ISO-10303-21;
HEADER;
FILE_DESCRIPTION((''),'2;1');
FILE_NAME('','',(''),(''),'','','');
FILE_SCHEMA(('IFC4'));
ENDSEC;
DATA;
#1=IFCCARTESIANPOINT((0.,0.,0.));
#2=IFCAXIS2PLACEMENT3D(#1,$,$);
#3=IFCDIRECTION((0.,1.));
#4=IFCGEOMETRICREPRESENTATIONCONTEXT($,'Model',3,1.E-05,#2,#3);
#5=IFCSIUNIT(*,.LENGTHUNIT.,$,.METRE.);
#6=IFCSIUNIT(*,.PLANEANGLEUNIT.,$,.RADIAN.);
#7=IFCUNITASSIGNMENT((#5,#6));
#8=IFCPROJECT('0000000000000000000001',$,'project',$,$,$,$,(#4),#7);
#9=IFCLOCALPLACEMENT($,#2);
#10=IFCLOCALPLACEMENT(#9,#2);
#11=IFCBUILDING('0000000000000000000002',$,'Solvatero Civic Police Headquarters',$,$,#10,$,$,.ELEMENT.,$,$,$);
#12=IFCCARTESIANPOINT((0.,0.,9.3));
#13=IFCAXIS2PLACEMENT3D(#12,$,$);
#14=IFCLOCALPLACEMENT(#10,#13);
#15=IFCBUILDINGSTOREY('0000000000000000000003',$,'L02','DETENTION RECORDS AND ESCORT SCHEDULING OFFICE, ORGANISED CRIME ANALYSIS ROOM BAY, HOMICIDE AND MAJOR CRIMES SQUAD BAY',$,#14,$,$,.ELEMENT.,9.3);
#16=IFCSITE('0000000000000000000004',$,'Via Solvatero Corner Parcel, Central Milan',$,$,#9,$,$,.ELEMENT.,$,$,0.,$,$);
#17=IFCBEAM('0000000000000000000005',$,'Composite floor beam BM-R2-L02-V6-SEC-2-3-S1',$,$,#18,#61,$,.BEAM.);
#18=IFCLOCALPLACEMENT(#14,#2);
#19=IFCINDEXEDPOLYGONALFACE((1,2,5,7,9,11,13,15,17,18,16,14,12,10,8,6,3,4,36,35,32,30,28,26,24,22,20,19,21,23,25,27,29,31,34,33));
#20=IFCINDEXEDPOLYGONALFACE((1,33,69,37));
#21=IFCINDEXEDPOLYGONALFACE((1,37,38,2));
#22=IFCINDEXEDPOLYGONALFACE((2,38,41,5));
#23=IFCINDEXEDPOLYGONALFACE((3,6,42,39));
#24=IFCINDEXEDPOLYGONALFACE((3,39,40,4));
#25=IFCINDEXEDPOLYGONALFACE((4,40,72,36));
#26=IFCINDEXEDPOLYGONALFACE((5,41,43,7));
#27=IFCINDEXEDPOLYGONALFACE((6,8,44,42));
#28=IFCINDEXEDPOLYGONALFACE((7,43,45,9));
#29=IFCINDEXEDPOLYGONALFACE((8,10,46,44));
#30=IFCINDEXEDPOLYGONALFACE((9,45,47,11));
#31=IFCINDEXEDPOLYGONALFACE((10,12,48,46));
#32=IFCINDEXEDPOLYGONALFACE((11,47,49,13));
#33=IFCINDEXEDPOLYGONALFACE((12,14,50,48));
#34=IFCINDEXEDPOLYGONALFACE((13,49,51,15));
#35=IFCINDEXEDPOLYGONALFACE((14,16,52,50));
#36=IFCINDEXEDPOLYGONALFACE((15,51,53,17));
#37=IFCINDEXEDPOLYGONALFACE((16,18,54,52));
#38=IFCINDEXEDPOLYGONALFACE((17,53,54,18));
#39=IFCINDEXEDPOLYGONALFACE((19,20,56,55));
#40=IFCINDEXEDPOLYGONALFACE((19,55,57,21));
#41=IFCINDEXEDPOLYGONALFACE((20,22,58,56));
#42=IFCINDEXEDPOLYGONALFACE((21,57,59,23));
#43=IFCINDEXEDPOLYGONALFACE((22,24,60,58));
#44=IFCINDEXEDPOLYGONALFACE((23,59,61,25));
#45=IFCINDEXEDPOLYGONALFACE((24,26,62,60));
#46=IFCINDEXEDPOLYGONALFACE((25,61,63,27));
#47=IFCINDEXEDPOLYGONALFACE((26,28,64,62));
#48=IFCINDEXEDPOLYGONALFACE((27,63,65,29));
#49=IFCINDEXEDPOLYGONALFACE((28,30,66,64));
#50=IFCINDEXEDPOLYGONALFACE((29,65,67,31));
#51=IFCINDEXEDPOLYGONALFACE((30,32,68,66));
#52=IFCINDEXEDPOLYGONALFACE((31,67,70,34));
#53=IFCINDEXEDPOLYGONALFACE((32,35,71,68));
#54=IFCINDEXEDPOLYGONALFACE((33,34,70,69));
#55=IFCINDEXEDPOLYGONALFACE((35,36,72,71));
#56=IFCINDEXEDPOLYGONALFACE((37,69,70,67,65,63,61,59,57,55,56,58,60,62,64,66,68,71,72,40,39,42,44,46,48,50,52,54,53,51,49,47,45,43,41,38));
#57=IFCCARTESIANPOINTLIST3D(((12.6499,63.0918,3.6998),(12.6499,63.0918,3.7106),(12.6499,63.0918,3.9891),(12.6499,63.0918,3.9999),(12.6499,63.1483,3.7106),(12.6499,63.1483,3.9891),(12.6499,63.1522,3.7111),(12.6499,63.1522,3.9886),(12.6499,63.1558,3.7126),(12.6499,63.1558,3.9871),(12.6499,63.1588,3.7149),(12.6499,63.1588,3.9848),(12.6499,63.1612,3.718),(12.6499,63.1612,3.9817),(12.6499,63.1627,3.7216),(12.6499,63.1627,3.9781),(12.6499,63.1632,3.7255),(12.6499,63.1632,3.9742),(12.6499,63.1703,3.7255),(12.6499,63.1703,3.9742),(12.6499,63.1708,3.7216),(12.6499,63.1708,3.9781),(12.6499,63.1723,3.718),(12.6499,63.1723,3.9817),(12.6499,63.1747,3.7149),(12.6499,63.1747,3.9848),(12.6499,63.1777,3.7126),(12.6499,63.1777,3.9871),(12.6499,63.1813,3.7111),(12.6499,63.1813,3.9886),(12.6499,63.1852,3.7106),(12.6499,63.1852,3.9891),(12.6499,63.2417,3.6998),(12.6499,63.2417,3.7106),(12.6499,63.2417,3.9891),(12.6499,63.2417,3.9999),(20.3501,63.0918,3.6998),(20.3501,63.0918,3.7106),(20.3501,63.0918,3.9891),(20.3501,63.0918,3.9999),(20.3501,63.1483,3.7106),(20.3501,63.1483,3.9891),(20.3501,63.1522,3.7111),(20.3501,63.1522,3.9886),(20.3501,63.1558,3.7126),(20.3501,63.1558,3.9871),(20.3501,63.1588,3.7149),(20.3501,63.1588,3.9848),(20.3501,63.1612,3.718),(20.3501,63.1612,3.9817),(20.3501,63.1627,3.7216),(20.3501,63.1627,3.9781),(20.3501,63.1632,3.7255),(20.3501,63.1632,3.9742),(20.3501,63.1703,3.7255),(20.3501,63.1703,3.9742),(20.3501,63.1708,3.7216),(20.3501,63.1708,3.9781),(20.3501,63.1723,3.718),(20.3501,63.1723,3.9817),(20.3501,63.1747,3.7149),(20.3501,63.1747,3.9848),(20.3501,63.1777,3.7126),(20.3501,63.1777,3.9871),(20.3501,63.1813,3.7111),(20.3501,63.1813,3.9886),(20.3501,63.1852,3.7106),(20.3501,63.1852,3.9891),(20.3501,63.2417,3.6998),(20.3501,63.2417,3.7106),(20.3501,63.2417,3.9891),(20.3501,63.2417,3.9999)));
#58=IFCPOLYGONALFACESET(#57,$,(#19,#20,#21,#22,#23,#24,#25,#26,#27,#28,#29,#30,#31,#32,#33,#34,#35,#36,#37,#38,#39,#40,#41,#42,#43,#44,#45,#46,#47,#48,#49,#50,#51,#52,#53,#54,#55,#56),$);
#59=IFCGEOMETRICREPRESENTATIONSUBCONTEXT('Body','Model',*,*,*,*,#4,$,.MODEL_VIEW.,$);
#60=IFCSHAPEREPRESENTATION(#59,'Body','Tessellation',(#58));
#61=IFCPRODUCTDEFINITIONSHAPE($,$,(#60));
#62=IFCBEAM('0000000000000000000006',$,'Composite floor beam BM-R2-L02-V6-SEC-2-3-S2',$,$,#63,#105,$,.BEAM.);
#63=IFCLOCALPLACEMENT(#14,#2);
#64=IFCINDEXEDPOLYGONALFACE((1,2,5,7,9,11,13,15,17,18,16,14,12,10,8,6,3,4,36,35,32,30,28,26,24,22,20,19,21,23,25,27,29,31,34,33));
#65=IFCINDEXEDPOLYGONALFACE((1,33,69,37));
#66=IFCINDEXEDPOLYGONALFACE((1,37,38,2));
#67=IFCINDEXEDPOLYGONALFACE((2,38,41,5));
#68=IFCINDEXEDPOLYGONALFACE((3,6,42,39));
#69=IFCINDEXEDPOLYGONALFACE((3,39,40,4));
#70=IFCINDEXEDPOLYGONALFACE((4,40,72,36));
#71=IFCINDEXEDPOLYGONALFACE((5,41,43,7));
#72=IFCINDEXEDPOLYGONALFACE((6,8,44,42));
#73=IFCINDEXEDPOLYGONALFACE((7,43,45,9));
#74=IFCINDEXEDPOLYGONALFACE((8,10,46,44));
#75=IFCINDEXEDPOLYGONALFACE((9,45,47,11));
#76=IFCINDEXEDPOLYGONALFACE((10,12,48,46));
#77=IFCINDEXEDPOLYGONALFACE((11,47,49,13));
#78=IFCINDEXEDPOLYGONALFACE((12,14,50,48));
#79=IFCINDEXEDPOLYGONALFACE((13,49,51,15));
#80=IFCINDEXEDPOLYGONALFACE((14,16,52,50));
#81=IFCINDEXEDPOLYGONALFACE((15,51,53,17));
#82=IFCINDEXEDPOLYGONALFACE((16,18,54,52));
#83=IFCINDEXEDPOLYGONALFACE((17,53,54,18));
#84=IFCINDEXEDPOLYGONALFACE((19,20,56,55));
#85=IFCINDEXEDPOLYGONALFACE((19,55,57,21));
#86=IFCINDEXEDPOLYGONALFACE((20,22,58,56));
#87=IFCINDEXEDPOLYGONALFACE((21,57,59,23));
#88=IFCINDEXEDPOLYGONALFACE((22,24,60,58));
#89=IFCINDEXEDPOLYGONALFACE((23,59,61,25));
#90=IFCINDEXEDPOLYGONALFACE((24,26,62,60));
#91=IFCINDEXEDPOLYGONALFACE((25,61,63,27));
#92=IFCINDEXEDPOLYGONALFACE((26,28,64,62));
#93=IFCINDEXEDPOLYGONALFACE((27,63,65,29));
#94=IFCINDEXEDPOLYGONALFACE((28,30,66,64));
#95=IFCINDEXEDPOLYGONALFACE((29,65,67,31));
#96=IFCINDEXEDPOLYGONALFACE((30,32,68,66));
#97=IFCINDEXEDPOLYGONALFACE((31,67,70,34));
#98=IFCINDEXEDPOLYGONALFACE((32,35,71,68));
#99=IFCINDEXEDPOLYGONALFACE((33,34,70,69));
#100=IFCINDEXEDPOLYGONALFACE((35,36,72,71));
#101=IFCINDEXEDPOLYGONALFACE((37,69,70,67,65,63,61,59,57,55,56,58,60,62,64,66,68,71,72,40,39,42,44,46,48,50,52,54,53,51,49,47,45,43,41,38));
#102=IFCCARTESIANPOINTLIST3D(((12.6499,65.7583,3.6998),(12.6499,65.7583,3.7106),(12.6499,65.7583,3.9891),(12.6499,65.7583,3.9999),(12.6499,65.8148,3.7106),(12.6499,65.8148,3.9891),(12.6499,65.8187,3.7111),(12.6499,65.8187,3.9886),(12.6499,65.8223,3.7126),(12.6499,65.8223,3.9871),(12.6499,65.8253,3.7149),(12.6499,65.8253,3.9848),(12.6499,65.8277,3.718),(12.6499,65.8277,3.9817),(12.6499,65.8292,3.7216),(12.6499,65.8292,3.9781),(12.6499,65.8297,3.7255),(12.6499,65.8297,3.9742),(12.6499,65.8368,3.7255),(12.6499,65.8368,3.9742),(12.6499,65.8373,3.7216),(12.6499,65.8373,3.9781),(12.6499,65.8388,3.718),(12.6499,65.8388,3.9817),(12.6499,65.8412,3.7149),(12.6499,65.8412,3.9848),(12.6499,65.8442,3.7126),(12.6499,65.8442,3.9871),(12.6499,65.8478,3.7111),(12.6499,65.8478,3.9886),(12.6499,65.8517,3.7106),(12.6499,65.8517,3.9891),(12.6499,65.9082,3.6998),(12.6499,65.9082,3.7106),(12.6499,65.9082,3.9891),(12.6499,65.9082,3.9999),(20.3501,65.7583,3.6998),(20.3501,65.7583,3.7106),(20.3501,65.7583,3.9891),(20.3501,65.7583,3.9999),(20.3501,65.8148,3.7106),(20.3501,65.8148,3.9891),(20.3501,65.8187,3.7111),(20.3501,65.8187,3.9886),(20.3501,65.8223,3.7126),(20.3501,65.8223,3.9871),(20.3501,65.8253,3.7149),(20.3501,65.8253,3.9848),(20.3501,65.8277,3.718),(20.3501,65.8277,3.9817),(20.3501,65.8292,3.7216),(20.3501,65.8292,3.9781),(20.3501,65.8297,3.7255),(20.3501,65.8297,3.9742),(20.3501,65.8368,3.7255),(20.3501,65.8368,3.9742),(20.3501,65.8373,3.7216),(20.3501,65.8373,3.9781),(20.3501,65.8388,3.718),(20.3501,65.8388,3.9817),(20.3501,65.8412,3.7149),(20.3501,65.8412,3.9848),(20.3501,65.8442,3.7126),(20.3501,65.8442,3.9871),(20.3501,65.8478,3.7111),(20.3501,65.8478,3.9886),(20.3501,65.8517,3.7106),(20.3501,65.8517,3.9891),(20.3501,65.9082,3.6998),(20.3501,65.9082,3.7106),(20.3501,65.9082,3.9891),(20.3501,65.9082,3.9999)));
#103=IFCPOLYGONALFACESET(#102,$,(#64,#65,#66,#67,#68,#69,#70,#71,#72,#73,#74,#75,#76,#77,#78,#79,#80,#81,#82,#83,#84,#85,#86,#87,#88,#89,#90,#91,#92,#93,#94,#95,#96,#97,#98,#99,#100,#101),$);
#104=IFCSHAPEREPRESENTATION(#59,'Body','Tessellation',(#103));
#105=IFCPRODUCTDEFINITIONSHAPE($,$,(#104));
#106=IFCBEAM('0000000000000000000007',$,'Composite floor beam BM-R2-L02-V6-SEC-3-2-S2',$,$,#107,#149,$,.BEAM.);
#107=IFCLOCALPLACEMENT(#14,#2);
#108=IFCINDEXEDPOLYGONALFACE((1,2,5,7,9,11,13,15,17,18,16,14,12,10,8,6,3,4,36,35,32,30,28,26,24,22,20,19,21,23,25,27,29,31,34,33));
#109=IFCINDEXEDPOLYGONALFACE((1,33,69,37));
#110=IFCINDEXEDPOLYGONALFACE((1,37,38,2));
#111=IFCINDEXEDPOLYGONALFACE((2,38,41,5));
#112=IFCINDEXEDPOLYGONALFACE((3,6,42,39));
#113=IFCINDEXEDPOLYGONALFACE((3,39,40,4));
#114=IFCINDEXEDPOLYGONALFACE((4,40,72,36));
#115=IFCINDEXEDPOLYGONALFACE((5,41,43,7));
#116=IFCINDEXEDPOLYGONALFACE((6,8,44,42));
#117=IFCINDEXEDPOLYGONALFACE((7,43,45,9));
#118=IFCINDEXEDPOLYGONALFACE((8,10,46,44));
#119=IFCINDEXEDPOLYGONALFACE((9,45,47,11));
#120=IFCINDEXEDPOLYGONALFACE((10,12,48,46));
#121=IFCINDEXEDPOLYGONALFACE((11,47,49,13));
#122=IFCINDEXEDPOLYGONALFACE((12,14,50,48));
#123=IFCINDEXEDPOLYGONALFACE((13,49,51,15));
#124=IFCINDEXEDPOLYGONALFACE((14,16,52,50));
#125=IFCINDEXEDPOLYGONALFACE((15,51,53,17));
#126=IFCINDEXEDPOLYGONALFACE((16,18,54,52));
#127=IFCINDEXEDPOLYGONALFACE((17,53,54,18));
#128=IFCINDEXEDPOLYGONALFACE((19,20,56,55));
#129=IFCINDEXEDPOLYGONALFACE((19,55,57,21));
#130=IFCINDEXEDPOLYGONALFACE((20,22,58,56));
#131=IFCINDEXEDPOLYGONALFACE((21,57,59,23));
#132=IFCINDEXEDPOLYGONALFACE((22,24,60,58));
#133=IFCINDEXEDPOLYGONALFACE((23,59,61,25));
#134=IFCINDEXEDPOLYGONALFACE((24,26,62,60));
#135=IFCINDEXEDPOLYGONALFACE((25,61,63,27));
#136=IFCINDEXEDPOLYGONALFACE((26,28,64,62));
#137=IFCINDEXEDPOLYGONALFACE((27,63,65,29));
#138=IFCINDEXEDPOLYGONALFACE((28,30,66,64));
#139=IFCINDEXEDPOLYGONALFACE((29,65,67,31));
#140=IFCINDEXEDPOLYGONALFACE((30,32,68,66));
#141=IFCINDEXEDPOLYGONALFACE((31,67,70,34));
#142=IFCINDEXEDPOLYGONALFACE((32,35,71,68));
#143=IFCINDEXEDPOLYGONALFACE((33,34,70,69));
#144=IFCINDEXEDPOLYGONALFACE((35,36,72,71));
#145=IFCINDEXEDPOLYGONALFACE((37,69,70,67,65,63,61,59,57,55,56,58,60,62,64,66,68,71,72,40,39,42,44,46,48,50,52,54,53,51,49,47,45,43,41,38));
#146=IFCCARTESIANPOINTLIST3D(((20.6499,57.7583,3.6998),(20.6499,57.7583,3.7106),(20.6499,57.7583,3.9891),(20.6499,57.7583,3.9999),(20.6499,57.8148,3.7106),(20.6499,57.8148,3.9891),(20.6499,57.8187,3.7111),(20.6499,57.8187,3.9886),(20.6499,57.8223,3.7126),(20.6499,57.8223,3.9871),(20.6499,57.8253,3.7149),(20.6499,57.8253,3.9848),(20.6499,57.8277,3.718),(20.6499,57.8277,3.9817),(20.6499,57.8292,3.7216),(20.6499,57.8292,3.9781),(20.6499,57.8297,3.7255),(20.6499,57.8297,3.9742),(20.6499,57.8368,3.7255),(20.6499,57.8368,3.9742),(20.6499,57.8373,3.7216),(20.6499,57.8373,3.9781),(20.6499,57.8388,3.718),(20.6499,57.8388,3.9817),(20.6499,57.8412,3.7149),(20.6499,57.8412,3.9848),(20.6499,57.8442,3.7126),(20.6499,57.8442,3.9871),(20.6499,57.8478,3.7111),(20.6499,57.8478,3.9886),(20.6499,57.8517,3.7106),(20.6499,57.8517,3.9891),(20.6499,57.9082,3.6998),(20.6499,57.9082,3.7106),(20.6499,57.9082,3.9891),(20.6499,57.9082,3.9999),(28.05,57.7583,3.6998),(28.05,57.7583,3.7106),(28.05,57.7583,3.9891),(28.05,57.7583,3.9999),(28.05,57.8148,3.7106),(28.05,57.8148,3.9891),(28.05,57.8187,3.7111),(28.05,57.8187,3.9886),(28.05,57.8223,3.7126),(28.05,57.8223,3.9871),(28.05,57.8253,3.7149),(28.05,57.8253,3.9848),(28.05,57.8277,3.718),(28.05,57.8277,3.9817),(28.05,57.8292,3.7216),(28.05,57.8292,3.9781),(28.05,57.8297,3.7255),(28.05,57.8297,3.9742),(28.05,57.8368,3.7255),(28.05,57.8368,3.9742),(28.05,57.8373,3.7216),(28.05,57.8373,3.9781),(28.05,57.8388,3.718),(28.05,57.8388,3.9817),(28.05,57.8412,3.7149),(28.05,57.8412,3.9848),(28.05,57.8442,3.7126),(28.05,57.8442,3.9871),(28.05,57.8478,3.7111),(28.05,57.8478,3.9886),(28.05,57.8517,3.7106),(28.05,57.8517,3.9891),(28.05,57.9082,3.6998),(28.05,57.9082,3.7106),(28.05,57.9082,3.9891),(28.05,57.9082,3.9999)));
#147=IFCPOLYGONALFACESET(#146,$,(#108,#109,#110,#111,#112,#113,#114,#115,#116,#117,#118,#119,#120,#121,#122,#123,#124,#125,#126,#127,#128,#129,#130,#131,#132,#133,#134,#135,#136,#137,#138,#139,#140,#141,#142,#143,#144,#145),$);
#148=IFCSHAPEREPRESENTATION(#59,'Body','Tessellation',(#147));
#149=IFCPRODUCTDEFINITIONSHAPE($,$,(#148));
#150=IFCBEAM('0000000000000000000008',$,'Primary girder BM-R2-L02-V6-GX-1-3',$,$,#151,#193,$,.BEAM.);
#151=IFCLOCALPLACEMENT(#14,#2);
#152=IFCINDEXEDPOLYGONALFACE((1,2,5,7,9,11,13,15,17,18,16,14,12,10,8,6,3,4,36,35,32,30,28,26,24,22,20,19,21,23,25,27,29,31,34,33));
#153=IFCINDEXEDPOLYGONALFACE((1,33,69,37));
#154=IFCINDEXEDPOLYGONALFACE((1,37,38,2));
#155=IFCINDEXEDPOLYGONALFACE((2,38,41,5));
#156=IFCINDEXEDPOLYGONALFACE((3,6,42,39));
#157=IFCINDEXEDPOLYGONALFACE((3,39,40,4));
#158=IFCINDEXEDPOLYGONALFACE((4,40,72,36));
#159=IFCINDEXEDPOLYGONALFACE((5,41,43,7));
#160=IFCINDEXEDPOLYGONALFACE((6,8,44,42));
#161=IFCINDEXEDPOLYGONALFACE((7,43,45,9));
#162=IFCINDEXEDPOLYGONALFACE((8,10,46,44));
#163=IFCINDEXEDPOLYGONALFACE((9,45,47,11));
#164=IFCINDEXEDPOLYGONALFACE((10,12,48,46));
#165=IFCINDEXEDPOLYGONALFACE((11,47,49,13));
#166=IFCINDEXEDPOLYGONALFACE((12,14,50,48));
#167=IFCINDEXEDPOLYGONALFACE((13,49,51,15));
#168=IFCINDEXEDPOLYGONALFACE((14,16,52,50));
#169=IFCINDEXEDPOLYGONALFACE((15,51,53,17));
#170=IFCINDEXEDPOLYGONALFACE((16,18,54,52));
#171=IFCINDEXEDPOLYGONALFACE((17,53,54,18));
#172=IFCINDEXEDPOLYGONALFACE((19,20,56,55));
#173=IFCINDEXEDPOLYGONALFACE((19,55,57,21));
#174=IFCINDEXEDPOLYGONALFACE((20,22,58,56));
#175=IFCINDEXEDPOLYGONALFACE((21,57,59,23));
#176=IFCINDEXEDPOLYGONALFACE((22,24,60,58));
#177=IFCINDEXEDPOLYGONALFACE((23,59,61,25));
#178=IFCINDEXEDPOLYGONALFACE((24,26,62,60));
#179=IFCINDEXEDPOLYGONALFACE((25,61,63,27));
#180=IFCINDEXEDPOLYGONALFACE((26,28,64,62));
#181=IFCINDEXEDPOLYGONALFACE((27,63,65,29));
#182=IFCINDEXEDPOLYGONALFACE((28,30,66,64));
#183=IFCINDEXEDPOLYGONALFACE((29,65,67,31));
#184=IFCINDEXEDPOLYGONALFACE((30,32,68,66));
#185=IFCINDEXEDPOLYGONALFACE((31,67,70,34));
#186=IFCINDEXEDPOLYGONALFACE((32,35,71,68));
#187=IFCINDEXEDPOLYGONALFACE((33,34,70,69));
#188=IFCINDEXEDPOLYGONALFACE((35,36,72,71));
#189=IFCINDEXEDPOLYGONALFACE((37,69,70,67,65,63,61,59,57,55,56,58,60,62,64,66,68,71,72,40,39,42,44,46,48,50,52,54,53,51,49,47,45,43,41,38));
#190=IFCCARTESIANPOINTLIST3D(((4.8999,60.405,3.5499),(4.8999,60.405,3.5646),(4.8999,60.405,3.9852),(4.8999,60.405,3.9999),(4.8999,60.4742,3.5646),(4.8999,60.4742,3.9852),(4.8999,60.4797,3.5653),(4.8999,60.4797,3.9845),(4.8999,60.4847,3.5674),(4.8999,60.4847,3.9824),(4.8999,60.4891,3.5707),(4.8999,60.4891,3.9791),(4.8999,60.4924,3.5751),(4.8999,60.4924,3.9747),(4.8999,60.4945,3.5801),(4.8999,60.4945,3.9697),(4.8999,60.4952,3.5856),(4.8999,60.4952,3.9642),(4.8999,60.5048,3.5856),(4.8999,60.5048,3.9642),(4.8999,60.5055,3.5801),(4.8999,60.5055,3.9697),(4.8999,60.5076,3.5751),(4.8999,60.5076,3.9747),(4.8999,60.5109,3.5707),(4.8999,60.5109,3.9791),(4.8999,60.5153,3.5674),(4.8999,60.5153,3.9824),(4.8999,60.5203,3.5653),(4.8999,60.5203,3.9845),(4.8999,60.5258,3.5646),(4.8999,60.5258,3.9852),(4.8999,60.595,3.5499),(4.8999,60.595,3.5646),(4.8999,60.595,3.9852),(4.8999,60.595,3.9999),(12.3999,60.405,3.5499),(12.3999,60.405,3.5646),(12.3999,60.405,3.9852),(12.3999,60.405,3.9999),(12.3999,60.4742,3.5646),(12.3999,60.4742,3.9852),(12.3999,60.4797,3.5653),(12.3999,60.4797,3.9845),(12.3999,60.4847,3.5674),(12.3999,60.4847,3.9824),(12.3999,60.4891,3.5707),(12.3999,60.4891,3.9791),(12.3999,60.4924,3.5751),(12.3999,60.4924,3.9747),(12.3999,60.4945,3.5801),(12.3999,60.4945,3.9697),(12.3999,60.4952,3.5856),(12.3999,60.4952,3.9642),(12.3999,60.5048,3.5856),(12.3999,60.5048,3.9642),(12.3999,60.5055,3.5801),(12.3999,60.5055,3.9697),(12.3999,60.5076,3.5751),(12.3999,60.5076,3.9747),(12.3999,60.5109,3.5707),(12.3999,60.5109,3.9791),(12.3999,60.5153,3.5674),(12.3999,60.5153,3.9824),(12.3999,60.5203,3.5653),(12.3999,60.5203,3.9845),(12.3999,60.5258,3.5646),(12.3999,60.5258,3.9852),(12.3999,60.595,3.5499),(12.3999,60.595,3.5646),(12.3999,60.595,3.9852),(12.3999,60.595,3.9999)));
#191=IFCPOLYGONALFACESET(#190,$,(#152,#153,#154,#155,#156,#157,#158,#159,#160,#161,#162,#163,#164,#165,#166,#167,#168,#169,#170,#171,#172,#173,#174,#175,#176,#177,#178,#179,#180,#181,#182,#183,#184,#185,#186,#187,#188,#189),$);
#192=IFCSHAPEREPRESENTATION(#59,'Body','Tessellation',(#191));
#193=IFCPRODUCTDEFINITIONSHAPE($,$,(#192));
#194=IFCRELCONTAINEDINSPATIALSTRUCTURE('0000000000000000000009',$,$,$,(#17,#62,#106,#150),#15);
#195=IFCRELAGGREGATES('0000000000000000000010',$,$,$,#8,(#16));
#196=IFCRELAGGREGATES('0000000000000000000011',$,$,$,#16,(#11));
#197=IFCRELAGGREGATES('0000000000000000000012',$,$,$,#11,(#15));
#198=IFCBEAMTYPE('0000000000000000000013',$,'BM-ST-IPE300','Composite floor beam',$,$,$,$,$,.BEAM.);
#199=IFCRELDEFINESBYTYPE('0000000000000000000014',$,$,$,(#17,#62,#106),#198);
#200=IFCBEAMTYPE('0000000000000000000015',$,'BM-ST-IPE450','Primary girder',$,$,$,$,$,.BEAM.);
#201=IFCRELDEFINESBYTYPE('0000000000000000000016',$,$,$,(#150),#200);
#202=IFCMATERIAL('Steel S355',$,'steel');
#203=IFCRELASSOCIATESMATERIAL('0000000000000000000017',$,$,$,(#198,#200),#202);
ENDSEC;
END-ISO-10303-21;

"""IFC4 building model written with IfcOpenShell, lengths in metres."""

from ifc_helpers import new_model, si_unit, direction, frame, origin, origin_2d, place, context, subcontext, project, spatial, i_section, extrude, material, material_profile, profile_set, type_object, element, save


model = new_model("IFC4")

# Units and contexts
model_context = context("Model", 3, precision=1e-05, world=origin(), true_north=direction((0.0, 1.0)))
body_context = subcontext(model_context, "Body", "Model", "MODEL_VIEW")
ifc_project = project(units=[si_unit("LENGTHUNIT", "METRE"), si_unit("PLANEANGLEUNIT", "RADIAN")], contexts=[model_context])

# Site, building, storey
site_placement = place(None, origin())
site = spatial("IfcSite", under=ifc_project, at=site_placement, Name="Via Solvatero Corner Parcel, Central Milan", CompositionType="ELEMENT", RefElevation=0.0)
building_placement = place(site_placement, origin())
building = spatial("IfcBuilding", under=site, at=building_placement, Name="Solvatero Civic Police Headquarters", CompositionType="ELEMENT")
storey_placement = place(building_placement, frame((0.0, 0.0, 9.3)))
storey = spatial("IfcBuildingStorey", under=building, at=storey_placement, Name="L02", Description="DETENTION RECORDS AND ESCORT SCHEDULING OFFICE, ORGANISED CRIME ANALYSIS ROOM BAY, HOMICIDE AND MAJOR CRIMES SQUAD BAY", CompositionType="ELEMENT", Elevation=9.3)

# Shared definitions
ifc_material_1 = material(Name="Steel S355", Category="steel")

# Beams
ifc_material_profile_1 = material_profile(ifc_material_1, i_section(OverallWidth=0.1499, OverallDepth=0.3, WebThickness=0.0071, FlangeThickness=0.0107, FilletRadius=0.0149, at=origin_2d()), Name="IPE 300")
ifc_profile_set_1 = profile_set([ifc_material_profile_1], Name="Steel S355")
beam_type_1 = type_object("IfcBeamType", Name="BM-ST-IPE300", Description="Composite floor beam", PredefinedType="BEAM", material=ifc_profile_set_1)
for number, where, z_axis, x_axis, name in (
    (1, (12.6499, 63.1667, 3.8499), (1.0, 0.0, 0.0), (0.0, 1.0, 0.0), "Composite floor beam BM-R2-L02-V6-SEC-2-3-S1"),
    (2, (12.6499, 65.8333, 3.8499), (1.0, 0.0, 0.0), (0.0, 1.0, 0.0), "Composite floor beam BM-R2-L02-V6-SEC-2-3-S2"),
):
    element("IfcBeam", number, at=place(storey_placement, frame(where, z_axis=z_axis, x_axis=x_axis)), inside=storey, type_object=beam_type_1, Name=name, PredefinedType="BEAM", context=body_context, shape_type="SweptSolid", body=[
        extrude(i_section(OverallWidth=0.1499, OverallDepth=0.3, WebThickness=0.0071, FlangeThickness=0.0107, FilletRadius=0.0149, at=origin_2d()), origin(), (0.0, 0.0, 1.0), 7.7002),
    ])
beam_1_placement = place(storey_placement, frame((20.6499, 57.8333, 3.8499), z_axis=(1.0, 0.0, 0.0), x_axis=(0.0, 1.0, 0.0)))
element("IfcBeam", 3, at=beam_1_placement, inside=storey, type_object=beam_type_1, Name="Composite floor beam BM-R2-L02-V6-SEC-3-2-S2", PredefinedType="BEAM", context=body_context, shape_type="SweptSolid", body=[
    extrude(i_section(OverallWidth=0.1499, OverallDepth=0.3, WebThickness=0.0071, FlangeThickness=0.0107, FilletRadius=0.0149, at=origin_2d()), origin(), (0.0, 0.0, 1.0), 7.4001),
])
ifc_material_profile_2 = material_profile(ifc_material_1, i_section(OverallWidth=0.1899, OverallDepth=0.45, WebThickness=0.0095, FlangeThickness=0.0146, FilletRadius=0.021, at=origin_2d()), Name="IPE 450")
ifc_profile_set_2 = profile_set([ifc_material_profile_2], Name="Steel S355")
beam_type_2 = type_object("IfcBeamType", Name="BM-ST-IPE450", Description="Primary girder", PredefinedType="BEAM", material=ifc_profile_set_2)
beam_2_placement = place(storey_placement, frame((4.8999, 60.5, 3.7749), z_axis=(1.0, 0.0, 0.0), x_axis=(0.0, 1.0, 0.0)))
element("IfcBeam", 4, at=beam_2_placement, inside=storey, type_object=beam_type_2, Name="Primary girder BM-R2-L02-V6-GX-1-3", PredefinedType="BEAM", context=body_context, shape_type="SweptSolid", body=[
    extrude(i_section(OverallWidth=0.1899, OverallDepth=0.45, WebThickness=0.0095, FlangeThickness=0.0146, FilletRadius=0.021, at=origin_2d()), origin(), (0.0, 0.0, 1.0), 7.5),
])

save(model, "model.ifc")
